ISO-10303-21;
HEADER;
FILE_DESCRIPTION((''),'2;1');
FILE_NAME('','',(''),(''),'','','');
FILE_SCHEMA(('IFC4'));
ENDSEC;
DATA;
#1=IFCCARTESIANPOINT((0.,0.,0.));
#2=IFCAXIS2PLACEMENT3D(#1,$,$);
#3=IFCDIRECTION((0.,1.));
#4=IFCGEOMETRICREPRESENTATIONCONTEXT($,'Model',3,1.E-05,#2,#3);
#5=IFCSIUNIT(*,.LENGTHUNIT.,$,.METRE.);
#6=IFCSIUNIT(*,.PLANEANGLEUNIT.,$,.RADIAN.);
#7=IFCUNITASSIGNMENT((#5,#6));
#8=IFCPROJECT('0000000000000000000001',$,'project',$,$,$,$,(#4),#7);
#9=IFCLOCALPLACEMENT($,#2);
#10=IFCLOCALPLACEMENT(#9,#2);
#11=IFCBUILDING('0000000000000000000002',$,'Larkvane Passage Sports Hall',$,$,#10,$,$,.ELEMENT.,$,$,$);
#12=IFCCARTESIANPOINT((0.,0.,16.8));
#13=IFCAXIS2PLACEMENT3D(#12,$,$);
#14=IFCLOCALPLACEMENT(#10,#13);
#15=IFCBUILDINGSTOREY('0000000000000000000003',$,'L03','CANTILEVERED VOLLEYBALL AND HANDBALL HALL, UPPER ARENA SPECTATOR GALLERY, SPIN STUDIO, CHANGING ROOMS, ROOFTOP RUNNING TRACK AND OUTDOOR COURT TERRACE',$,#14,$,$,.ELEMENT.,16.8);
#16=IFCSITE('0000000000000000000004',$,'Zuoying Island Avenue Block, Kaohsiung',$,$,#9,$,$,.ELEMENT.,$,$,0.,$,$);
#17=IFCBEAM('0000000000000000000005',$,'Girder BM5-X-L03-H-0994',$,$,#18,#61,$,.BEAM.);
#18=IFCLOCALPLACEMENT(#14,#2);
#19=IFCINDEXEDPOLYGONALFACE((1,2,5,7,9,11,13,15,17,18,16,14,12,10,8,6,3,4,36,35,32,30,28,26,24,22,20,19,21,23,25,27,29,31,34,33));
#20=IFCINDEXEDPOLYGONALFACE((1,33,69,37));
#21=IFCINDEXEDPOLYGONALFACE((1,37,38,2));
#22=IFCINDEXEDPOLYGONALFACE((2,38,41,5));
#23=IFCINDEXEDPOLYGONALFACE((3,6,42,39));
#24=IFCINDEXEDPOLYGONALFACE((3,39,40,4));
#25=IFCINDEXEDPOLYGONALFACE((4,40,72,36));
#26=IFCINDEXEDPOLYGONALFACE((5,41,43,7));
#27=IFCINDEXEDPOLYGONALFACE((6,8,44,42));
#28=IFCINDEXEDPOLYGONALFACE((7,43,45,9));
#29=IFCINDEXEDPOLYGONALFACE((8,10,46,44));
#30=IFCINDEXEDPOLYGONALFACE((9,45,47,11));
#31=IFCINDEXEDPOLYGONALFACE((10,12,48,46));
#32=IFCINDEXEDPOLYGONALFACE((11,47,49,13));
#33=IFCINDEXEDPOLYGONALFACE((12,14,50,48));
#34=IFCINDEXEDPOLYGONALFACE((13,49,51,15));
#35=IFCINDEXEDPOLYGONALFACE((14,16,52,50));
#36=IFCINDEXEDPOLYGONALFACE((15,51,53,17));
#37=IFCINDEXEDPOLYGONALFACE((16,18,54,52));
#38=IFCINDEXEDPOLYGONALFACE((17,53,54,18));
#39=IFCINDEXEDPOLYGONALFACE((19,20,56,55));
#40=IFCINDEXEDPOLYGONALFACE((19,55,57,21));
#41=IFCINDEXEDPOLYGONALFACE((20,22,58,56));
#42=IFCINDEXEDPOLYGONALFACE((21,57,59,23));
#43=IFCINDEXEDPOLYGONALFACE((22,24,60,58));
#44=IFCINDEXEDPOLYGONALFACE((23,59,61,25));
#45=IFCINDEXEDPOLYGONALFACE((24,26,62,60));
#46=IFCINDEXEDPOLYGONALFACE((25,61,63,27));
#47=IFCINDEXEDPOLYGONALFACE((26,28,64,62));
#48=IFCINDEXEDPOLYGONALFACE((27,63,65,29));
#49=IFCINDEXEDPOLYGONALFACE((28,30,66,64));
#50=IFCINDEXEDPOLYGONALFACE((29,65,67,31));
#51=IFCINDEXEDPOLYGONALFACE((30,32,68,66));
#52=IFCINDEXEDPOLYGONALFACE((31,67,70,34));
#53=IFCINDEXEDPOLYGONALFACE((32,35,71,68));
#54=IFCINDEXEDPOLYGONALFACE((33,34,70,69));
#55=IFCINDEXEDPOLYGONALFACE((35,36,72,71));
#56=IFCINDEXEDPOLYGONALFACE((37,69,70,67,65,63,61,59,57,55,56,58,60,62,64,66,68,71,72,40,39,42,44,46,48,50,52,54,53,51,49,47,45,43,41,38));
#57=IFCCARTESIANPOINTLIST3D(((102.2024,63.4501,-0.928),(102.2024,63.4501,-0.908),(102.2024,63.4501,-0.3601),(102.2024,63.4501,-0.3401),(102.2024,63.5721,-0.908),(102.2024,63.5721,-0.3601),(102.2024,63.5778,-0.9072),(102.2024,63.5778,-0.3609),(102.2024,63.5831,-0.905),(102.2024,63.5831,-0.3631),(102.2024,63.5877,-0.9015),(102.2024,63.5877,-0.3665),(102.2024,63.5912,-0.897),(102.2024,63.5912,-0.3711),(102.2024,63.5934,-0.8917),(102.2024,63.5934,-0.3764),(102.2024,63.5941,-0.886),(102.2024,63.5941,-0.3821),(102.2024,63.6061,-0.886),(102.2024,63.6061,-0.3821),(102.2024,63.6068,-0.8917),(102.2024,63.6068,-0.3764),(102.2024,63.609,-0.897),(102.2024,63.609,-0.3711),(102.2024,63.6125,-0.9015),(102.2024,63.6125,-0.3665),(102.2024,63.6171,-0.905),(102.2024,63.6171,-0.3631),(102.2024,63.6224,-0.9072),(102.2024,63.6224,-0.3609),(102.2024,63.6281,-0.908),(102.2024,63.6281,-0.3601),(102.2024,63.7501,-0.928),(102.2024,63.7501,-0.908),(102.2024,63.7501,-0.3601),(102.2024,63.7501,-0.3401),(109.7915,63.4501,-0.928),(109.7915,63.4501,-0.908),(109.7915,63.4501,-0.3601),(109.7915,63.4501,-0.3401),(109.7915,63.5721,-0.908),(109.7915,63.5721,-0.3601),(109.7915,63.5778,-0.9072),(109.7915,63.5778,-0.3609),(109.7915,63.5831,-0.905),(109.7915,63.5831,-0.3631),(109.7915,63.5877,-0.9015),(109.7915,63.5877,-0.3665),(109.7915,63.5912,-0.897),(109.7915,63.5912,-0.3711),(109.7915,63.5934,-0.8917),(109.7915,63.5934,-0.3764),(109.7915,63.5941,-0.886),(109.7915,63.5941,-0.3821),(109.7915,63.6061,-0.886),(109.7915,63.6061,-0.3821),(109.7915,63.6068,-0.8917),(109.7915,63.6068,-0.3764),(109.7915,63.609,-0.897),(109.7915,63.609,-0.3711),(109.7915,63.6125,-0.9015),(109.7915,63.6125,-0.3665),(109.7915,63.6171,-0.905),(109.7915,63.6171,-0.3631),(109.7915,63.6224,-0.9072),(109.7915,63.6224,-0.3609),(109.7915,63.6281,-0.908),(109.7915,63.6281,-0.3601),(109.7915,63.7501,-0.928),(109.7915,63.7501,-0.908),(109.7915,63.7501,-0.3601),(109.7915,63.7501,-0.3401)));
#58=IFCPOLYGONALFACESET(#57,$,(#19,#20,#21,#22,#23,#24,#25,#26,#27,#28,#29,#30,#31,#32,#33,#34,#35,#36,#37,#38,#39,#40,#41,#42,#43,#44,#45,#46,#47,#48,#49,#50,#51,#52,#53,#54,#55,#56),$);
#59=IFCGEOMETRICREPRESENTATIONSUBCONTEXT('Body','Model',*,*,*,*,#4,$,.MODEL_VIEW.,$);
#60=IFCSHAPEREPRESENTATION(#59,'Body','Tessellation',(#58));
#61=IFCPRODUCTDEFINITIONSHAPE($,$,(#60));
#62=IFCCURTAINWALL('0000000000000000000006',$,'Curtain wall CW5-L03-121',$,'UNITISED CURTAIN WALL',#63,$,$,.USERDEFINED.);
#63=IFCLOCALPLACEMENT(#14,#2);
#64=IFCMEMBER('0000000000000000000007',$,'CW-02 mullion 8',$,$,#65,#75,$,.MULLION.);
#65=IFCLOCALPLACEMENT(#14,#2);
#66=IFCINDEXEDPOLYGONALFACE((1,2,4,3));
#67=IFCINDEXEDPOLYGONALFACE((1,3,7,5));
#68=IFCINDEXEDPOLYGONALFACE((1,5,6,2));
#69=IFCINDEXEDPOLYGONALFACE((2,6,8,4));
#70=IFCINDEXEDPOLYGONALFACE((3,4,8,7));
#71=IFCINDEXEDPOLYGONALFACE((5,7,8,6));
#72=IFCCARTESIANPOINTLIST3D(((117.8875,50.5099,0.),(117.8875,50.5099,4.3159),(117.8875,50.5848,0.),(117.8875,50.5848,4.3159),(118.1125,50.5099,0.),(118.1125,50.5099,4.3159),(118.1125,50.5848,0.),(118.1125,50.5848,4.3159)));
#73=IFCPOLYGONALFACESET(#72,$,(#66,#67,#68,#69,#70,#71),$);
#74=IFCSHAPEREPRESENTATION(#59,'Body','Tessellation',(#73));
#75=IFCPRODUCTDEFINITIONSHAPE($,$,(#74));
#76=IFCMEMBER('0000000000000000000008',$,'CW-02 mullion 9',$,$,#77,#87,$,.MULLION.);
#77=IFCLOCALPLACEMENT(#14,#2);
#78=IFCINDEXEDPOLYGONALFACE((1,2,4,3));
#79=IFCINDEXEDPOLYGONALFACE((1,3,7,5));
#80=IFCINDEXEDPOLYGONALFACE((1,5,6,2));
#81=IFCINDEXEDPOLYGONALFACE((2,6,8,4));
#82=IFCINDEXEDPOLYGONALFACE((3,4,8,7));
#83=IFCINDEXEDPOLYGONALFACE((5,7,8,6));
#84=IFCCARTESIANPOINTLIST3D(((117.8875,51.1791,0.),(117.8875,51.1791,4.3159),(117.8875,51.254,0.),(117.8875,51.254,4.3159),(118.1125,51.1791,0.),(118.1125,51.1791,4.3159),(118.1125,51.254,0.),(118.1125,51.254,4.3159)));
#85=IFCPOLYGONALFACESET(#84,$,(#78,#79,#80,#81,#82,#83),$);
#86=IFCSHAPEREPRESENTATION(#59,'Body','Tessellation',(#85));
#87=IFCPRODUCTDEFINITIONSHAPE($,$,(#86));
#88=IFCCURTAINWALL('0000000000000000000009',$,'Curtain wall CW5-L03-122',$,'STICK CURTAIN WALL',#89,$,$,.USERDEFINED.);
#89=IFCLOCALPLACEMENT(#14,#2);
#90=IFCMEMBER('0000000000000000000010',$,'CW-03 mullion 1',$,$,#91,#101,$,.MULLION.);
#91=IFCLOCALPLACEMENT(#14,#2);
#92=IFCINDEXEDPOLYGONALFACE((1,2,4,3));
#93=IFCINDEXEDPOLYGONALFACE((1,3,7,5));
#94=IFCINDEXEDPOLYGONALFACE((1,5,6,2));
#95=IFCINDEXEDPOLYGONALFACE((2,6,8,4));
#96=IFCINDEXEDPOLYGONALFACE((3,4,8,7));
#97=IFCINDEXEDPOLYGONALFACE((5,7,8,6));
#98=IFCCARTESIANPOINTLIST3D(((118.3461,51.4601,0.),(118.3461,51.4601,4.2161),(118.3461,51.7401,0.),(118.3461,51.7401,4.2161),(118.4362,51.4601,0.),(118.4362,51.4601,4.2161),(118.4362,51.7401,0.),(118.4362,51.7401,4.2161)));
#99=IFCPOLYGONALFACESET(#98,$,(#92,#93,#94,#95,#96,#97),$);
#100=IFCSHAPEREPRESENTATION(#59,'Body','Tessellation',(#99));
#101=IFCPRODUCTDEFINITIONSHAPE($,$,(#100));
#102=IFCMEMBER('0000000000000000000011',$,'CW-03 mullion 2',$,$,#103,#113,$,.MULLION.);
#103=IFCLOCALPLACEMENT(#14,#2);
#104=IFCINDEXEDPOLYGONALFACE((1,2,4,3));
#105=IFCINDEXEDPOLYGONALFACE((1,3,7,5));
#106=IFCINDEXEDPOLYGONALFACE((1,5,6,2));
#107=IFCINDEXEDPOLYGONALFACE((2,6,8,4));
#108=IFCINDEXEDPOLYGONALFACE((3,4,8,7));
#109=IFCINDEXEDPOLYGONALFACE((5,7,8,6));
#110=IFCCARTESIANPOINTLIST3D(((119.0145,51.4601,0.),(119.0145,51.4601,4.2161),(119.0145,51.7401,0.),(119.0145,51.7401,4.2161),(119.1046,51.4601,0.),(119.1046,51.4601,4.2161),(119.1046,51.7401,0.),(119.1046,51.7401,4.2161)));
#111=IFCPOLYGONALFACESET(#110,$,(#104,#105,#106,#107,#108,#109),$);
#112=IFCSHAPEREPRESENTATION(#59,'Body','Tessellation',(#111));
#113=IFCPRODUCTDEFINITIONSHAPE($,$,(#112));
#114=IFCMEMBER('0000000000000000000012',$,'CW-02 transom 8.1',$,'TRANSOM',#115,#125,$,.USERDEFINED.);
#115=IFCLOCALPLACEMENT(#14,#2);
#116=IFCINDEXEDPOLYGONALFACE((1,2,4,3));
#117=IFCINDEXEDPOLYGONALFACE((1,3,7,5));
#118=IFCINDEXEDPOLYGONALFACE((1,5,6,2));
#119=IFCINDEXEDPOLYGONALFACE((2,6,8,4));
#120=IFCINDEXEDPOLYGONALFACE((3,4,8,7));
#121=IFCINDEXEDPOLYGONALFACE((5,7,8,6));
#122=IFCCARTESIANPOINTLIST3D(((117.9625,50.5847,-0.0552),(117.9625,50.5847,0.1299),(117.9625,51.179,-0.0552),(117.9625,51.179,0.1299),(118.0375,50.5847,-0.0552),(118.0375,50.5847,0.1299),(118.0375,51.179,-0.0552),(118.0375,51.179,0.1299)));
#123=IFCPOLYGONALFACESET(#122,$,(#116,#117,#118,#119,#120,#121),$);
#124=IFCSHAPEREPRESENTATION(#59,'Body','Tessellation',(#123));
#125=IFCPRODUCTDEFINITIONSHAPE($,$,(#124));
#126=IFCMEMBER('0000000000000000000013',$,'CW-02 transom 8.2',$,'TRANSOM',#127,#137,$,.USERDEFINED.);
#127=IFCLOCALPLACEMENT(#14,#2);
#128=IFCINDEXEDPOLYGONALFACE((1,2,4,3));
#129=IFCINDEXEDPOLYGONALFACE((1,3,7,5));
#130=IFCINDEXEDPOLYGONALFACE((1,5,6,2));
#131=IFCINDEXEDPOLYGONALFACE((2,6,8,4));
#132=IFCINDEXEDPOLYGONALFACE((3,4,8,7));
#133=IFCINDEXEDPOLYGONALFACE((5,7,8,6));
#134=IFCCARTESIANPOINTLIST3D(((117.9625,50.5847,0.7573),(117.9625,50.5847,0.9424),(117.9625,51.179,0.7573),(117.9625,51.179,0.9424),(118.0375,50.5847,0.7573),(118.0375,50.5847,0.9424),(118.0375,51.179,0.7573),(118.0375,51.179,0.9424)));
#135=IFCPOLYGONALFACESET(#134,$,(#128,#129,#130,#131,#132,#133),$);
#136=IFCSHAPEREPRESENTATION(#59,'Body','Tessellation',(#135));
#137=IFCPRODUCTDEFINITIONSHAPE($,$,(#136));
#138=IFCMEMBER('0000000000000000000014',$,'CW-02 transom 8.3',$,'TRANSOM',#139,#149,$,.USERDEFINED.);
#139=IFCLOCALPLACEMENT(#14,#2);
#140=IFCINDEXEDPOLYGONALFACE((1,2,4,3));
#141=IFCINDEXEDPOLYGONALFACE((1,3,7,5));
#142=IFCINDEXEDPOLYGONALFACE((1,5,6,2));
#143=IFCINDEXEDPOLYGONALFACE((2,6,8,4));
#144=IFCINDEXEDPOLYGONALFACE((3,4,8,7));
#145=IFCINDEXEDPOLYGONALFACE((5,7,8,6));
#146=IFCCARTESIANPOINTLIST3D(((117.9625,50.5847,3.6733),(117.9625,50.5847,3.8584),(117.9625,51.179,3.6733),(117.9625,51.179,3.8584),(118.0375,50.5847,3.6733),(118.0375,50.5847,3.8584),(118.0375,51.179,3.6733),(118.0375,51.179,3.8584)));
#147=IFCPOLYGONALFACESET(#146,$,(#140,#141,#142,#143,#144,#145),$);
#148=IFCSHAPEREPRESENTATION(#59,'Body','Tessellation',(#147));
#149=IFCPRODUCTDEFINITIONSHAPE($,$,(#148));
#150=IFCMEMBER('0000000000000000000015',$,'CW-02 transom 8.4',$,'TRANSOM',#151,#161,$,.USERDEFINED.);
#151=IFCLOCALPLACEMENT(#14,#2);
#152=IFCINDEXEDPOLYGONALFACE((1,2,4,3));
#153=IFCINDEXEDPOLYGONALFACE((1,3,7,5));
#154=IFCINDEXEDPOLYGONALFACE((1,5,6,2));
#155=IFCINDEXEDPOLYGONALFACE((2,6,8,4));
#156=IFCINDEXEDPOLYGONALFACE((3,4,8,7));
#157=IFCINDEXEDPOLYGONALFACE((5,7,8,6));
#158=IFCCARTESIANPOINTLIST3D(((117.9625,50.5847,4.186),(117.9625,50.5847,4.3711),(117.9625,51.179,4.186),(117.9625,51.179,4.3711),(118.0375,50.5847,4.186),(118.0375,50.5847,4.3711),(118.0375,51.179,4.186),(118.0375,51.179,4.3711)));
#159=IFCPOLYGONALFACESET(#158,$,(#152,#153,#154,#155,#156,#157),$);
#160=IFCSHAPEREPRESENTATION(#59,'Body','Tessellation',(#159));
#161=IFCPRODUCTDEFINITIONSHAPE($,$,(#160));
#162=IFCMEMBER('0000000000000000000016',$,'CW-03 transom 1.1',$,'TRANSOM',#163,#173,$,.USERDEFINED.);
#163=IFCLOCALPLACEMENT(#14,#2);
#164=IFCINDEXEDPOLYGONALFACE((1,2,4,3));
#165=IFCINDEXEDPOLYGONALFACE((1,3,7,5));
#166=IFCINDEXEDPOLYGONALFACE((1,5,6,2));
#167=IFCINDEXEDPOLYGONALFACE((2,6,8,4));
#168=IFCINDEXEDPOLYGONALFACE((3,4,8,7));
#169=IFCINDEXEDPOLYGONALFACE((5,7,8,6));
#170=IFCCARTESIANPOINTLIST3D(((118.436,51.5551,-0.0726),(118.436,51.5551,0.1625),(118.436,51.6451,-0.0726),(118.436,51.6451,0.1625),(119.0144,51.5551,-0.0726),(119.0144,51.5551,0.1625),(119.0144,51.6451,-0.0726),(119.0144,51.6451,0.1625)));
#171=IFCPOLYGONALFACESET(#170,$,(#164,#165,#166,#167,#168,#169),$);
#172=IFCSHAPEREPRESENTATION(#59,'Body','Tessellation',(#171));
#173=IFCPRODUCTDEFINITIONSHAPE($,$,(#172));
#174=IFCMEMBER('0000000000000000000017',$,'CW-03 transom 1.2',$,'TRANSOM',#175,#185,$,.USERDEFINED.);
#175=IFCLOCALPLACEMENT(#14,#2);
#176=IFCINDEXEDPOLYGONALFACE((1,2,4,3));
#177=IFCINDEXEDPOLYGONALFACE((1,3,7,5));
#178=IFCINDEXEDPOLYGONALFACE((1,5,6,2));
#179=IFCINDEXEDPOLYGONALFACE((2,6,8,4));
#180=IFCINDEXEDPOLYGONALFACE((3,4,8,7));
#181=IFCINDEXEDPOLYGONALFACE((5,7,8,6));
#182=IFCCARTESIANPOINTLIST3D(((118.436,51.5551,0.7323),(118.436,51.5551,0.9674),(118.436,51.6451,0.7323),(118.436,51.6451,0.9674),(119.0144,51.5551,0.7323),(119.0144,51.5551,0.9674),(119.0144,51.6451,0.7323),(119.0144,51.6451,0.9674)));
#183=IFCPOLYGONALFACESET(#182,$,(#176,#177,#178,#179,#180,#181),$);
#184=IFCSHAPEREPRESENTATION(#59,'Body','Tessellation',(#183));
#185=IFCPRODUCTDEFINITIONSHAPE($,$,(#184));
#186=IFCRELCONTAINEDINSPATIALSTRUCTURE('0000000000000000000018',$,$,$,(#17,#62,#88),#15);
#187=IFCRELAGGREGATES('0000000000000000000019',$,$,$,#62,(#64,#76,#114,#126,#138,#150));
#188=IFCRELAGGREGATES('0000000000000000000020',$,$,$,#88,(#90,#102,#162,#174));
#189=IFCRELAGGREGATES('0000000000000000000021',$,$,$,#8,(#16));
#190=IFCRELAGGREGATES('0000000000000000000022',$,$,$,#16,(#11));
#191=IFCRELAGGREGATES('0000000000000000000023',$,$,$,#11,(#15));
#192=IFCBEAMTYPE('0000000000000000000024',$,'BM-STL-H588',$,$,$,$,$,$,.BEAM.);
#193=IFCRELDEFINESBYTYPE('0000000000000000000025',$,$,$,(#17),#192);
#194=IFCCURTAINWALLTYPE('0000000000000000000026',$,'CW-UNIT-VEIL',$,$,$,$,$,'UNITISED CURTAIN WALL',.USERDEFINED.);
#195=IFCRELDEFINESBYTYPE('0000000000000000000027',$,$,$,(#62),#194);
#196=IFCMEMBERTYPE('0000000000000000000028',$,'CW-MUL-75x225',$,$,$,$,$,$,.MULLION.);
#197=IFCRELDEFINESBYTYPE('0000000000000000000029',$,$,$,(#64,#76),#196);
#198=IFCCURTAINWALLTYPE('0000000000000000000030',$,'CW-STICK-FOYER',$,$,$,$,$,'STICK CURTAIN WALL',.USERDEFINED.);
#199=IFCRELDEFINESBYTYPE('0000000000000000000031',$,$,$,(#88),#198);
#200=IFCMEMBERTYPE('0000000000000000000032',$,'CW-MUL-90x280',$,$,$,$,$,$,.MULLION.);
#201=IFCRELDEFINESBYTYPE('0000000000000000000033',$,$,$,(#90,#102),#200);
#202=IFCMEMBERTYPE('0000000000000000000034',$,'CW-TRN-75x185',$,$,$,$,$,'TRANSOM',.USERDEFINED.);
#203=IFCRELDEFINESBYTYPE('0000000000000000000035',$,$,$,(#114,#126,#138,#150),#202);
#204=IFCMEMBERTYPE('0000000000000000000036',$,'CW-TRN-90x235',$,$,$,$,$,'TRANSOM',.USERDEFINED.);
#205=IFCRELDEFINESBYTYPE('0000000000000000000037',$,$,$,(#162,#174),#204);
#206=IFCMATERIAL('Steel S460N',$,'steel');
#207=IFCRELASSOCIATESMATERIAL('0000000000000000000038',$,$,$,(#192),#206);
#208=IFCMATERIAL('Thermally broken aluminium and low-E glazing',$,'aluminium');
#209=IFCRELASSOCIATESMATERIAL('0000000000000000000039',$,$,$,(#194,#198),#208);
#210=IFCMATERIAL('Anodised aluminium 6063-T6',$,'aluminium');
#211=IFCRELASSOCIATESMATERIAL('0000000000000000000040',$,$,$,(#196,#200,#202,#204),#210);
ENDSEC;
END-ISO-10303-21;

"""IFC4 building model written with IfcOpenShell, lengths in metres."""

from ifc_helpers import new_model, si_unit, direction, frame, origin, origin_2d, place, context, subcontext, project, spatial, rectangle, i_section, extrude, material, material_profile, profile_set, type_object, element, aggregate, save


model = new_model("IFC4")

# Units and contexts
model_context = context("Model", 3, precision=1e-05, world=origin(), true_north=direction((0.0, 1.0)))
body_context = subcontext(model_context, "Body", "Model", "MODEL_VIEW")
ifc_project = project(units=[si_unit("LENGTHUNIT", "METRE"), si_unit("PLANEANGLEUNIT", "RADIAN")], contexts=[model_context])

# Site, building, storey
site_placement = place(None, origin())
site = spatial("IfcSite", under=ifc_project, at=site_placement, Name="Zuoying Island Avenue Block, Kaohsiung", CompositionType="ELEMENT", RefElevation=0.0)
building_placement = place(site_placement, origin())
building = spatial("IfcBuilding", under=site, at=building_placement, Name="Larkvane Passage Sports Hall", CompositionType="ELEMENT")
storey_placement = place(building_placement, frame((0.0, 0.0, 16.8)))
storey = spatial("IfcBuildingStorey", under=building, at=storey_placement, Name="L03", Description="CANTILEVERED VOLLEYBALL AND HANDBALL HALL, UPPER ARENA SPECTATOR GALLERY, SPIN STUDIO, CHANGING ROOMS, ROOFTOP RUNNING TRACK AND OUTDOOR COURT TERRACE", CompositionType="ELEMENT", Elevation=16.8)

# Beam
ifc_material_1 = material(Name="Steel S460N", Category="steel")
ifc_material_profile_1 = material_profile(ifc_material_1, i_section(OverallWidth=0.3, OverallDepth=0.5879, WebThickness=0.012, FlangeThickness=0.02, FilletRadius=0.022, at=origin_2d()), Name="H-588x300x12x20")
ifc_profile_set_1 = profile_set([ifc_material_profile_1], Name="Steel S460N")
beam_type_1 = type_object("IfcBeamType", Name="BM-STL-H588", PredefinedType="BEAM", material=ifc_profile_set_1)
beam_1_placement = place(storey_placement, frame((102.2024, 63.6001, -0.634), z_axis=(1.0, 0.0, 0.0), x_axis=(0.0, 1.0, 0.0)))
element("IfcBeam", 1, at=beam_1_placement, inside=storey, type_object=beam_type_1, Name="Girder BM5-X-L03-H-0994", PredefinedType="BEAM", context=body_context, shape_type="SweptSolid", body=[
    extrude(i_section(OverallWidth=0.3, OverallDepth=0.5879, WebThickness=0.012, FlangeThickness=0.02, FilletRadius=0.022, at=origin_2d()), origin(), (0.0, 0.0, 1.0), 7.5891),
])

# Curtain walls, members
ifc_material_2 = material(Name="Thermally broken aluminium and low-E glazing", Category="aluminium")
curtain_wall_type_1 = type_object("IfcCurtainWallType", Name="CW-UNIT-VEIL", ElementType="UNITISED CURTAIN WALL", PredefinedType="USERDEFINED", material=ifc_material_2)
curtain_wall_1_placement = place(storey_placement, origin())
curtain_wall_1 = element("IfcCurtainWall", 2, at=curtain_wall_1_placement, inside=storey, type_object=curtain_wall_type_1, Name="Curtain wall CW5-L03-121", ObjectType="UNITISED CURTAIN WALL", PredefinedType="USERDEFINED")
ifc_material_3 = material(Name="Anodised aluminium 6063-T6", Category="aluminium")
ifc_material_profile_2 = material_profile(ifc_material_3, rectangle(XDim=0.075, YDim=0.2251, at=origin_2d()), Name="ALU-MUL-75x225")
ifc_profile_set_2 = profile_set([ifc_material_profile_2], Name="Anodised aluminium 6063-T6")
member_type_1 = type_object("IfcMemberType", Name="CW-MUL-75x225", PredefinedType="MULLION", material=ifc_profile_set_2)
member_1_placement = place(storey_placement, frame((118.0, 50.5474, 0.0), z_axis=(0.0, 0.0, 1.0), x_axis=(0.0, 1.0, 0.0)))
member_1 = element("IfcMember", 3, at=member_1_placement, type_object=member_type_1, Name="CW-02 mullion 8", PredefinedType="MULLION", context=body_context, shape_type="SweptSolid", body=[
    extrude(rectangle(XDim=0.075, YDim=0.2251, at=origin_2d()), origin(), (0.0, 0.0, 1.0), 4.3159),
])
member_2_placement = place(storey_placement, frame((118.0, 51.2166, 0.0), z_axis=(0.0, 0.0, 1.0), x_axis=(0.0, 1.0, 0.0)))
member_2 = element("IfcMember", 4, at=member_2_placement, type_object=member_type_1, Name="CW-02 mullion 9", PredefinedType="MULLION", context=body_context, shape_type="SweptSolid", body=[
    extrude(rectangle(XDim=0.075, YDim=0.2251, at=origin_2d()), origin(), (0.0, 0.0, 1.0), 4.3159),
])
curtain_wall_type_2 = type_object("IfcCurtainWallType", Name="CW-STICK-FOYER", ElementType="STICK CURTAIN WALL", PredefinedType="USERDEFINED", material=ifc_material_2)
curtain_wall_2_placement = place(storey_placement, origin())
curtain_wall_2 = element("IfcCurtainWall", 5, at=curtain_wall_2_placement, inside=storey, type_object=curtain_wall_type_2, Name="Curtain wall CW5-L03-122", ObjectType="STICK CURTAIN WALL", PredefinedType="USERDEFINED")
ifc_material_profile_3 = material_profile(ifc_material_3, rectangle(XDim=0.0901, YDim=0.28, at=origin_2d()), Name="ALU-MUL-90x280")
ifc_profile_set_3 = profile_set([ifc_material_profile_3], Name="Anodised aluminium 6063-T6")
member_type_2 = type_object("IfcMemberType", Name="CW-MUL-90x280", PredefinedType="MULLION", material=ifc_profile_set_3)
member_3_placement = place(storey_placement, frame((118.3911, 51.6001, 0.0), z_axis=(0.0, 0.0, 1.0), x_axis=(1.0, 0.0, 0.0)))
member_3 = element("IfcMember", 6, at=member_3_placement, type_object=member_type_2, Name="CW-03 mullion 1", PredefinedType="MULLION", context=body_context, shape_type="SweptSolid", body=[
    extrude(rectangle(XDim=0.0901, YDim=0.28, at=origin_2d()), origin(), (0.0, 0.0, 1.0), 4.2161),
])
member_4_placement = place(storey_placement, frame((119.0596, 51.6001, 0.0), z_axis=(0.0, 0.0, 1.0), x_axis=(1.0, 0.0, 0.0)))
member_4 = element("IfcMember", 7, at=member_4_placement, type_object=member_type_2, Name="CW-03 mullion 2", PredefinedType="MULLION", context=body_context, shape_type="SweptSolid", body=[
    extrude(rectangle(XDim=0.0901, YDim=0.28, at=origin_2d()), origin(), (0.0, 0.0, 1.0), 4.2161),
])

# Members
ifc_material_profile_4 = material_profile(ifc_material_3, rectangle(XDim=0.075, YDim=0.1851, at=origin_2d()), Name="ALU-TRN-75x185")
ifc_profile_set_4 = profile_set([ifc_material_profile_4], Name="Anodised aluminium 6063-T6")
member_type_3 = type_object("IfcMemberType", Name="CW-TRN-75x185", ElementType="TRANSOM", PredefinedType="USERDEFINED", material=ifc_profile_set_4)
member_5_placement = place(storey_placement, frame((118.0, 50.5847, 0.0374), z_axis=(0.0, 1.0, 0.0), x_axis=(-1.0, 0.0, 0.0)))
member_5 = element("IfcMember", 8, at=member_5_placement, type_object=member_type_3, Name="CW-02 transom 8.1", ObjectType="TRANSOM", PredefinedType="USERDEFINED", context=body_context, shape_type="SweptSolid", body=[
    extrude(rectangle(XDim=0.075, YDim=0.1851, at=origin_2d()), origin(), (0.0, 0.0, 1.0), 0.5942),
])
member_6_placement = place(storey_placement, frame((118.0, 50.5847, 0.8499), z_axis=(0.0, 1.0, 0.0), x_axis=(-1.0, 0.0, 0.0)))
member_6 = element("IfcMember", 9, at=member_6_placement, type_object=member_type_3, Name="CW-02 transom 8.2", ObjectType="TRANSOM", PredefinedType="USERDEFINED", context=body_context, shape_type="SweptSolid", body=[
    extrude(rectangle(XDim=0.075, YDim=0.1851, at=origin_2d()), origin(), (0.0, 0.0, 1.0), 0.5942),
])
member_7_placement = place(storey_placement, frame((118.0, 50.5847, 3.7659), z_axis=(0.0, 1.0, 0.0), x_axis=(-1.0, 0.0, 0.0)))
member_7 = element("IfcMember", 10, at=member_7_placement, type_object=member_type_3, Name="CW-02 transom 8.3", ObjectType="TRANSOM", PredefinedType="USERDEFINED", context=body_context, shape_type="SweptSolid", body=[
    extrude(rectangle(XDim=0.075, YDim=0.1851, at=origin_2d()), origin(), (0.0, 0.0, 1.0), 0.5942),
])
member_8_placement = place(storey_placement, frame((118.0, 50.5847, 4.2786), z_axis=(0.0, 1.0, 0.0), x_axis=(-1.0, 0.0, 0.0)))
member_8 = element("IfcMember", 11, at=member_8_placement, type_object=member_type_3, Name="CW-02 transom 8.4", ObjectType="TRANSOM", PredefinedType="USERDEFINED", context=body_context, shape_type="SweptSolid", body=[
    extrude(rectangle(XDim=0.075, YDim=0.1851, at=origin_2d()), origin(), (0.0, 0.0, 1.0), 0.5942),
])
ifc_material_profile_5 = material_profile(ifc_material_3, rectangle(XDim=0.0901, YDim=0.2351, at=origin_2d()), Name="ALU-TRN-90x235")
ifc_profile_set_5 = profile_set([ifc_material_profile_5], Name="Anodised aluminium 6063-T6")
member_type_4 = type_object("IfcMemberType", Name="CW-TRN-90x235", ElementType="TRANSOM", PredefinedType="USERDEFINED", material=ifc_profile_set_5)
member_9_placement = place(storey_placement, frame((118.436, 51.6001, 0.0449), z_axis=(1.0, 0.0, 0.0), x_axis=(0.0, 1.0, 0.0)))
member_9 = element("IfcMember", 12, at=member_9_placement, type_object=member_type_4, Name="CW-03 transom 1.1", ObjectType="TRANSOM", PredefinedType="USERDEFINED", context=body_context, shape_type="SweptSolid", body=[
    extrude(rectangle(XDim=0.0901, YDim=0.2351, at=origin_2d()), origin(), (0.0, 0.0, 1.0), 0.5784),
])
member_10_placement = place(storey_placement, frame((118.436, 51.6001, 0.8499), z_axis=(1.0, 0.0, 0.0), x_axis=(0.0, 1.0, 0.0)))
member_10 = element("IfcMember", 13, at=member_10_placement, type_object=member_type_4, Name="CW-03 transom 1.2", ObjectType="TRANSOM", PredefinedType="USERDEFINED", context=body_context, shape_type="SweptSolid", body=[
    extrude(rectangle(XDim=0.0901, YDim=0.2351, at=origin_2d()), origin(), (0.0, 0.0, 1.0), 0.5784),
])

aggregate(curtain_wall_1, [member_1, member_2, member_5, member_6, member_7, member_8])
aggregate(curtain_wall_2, [member_3, member_4, member_9, member_10])

save(model, "model.ifc")
